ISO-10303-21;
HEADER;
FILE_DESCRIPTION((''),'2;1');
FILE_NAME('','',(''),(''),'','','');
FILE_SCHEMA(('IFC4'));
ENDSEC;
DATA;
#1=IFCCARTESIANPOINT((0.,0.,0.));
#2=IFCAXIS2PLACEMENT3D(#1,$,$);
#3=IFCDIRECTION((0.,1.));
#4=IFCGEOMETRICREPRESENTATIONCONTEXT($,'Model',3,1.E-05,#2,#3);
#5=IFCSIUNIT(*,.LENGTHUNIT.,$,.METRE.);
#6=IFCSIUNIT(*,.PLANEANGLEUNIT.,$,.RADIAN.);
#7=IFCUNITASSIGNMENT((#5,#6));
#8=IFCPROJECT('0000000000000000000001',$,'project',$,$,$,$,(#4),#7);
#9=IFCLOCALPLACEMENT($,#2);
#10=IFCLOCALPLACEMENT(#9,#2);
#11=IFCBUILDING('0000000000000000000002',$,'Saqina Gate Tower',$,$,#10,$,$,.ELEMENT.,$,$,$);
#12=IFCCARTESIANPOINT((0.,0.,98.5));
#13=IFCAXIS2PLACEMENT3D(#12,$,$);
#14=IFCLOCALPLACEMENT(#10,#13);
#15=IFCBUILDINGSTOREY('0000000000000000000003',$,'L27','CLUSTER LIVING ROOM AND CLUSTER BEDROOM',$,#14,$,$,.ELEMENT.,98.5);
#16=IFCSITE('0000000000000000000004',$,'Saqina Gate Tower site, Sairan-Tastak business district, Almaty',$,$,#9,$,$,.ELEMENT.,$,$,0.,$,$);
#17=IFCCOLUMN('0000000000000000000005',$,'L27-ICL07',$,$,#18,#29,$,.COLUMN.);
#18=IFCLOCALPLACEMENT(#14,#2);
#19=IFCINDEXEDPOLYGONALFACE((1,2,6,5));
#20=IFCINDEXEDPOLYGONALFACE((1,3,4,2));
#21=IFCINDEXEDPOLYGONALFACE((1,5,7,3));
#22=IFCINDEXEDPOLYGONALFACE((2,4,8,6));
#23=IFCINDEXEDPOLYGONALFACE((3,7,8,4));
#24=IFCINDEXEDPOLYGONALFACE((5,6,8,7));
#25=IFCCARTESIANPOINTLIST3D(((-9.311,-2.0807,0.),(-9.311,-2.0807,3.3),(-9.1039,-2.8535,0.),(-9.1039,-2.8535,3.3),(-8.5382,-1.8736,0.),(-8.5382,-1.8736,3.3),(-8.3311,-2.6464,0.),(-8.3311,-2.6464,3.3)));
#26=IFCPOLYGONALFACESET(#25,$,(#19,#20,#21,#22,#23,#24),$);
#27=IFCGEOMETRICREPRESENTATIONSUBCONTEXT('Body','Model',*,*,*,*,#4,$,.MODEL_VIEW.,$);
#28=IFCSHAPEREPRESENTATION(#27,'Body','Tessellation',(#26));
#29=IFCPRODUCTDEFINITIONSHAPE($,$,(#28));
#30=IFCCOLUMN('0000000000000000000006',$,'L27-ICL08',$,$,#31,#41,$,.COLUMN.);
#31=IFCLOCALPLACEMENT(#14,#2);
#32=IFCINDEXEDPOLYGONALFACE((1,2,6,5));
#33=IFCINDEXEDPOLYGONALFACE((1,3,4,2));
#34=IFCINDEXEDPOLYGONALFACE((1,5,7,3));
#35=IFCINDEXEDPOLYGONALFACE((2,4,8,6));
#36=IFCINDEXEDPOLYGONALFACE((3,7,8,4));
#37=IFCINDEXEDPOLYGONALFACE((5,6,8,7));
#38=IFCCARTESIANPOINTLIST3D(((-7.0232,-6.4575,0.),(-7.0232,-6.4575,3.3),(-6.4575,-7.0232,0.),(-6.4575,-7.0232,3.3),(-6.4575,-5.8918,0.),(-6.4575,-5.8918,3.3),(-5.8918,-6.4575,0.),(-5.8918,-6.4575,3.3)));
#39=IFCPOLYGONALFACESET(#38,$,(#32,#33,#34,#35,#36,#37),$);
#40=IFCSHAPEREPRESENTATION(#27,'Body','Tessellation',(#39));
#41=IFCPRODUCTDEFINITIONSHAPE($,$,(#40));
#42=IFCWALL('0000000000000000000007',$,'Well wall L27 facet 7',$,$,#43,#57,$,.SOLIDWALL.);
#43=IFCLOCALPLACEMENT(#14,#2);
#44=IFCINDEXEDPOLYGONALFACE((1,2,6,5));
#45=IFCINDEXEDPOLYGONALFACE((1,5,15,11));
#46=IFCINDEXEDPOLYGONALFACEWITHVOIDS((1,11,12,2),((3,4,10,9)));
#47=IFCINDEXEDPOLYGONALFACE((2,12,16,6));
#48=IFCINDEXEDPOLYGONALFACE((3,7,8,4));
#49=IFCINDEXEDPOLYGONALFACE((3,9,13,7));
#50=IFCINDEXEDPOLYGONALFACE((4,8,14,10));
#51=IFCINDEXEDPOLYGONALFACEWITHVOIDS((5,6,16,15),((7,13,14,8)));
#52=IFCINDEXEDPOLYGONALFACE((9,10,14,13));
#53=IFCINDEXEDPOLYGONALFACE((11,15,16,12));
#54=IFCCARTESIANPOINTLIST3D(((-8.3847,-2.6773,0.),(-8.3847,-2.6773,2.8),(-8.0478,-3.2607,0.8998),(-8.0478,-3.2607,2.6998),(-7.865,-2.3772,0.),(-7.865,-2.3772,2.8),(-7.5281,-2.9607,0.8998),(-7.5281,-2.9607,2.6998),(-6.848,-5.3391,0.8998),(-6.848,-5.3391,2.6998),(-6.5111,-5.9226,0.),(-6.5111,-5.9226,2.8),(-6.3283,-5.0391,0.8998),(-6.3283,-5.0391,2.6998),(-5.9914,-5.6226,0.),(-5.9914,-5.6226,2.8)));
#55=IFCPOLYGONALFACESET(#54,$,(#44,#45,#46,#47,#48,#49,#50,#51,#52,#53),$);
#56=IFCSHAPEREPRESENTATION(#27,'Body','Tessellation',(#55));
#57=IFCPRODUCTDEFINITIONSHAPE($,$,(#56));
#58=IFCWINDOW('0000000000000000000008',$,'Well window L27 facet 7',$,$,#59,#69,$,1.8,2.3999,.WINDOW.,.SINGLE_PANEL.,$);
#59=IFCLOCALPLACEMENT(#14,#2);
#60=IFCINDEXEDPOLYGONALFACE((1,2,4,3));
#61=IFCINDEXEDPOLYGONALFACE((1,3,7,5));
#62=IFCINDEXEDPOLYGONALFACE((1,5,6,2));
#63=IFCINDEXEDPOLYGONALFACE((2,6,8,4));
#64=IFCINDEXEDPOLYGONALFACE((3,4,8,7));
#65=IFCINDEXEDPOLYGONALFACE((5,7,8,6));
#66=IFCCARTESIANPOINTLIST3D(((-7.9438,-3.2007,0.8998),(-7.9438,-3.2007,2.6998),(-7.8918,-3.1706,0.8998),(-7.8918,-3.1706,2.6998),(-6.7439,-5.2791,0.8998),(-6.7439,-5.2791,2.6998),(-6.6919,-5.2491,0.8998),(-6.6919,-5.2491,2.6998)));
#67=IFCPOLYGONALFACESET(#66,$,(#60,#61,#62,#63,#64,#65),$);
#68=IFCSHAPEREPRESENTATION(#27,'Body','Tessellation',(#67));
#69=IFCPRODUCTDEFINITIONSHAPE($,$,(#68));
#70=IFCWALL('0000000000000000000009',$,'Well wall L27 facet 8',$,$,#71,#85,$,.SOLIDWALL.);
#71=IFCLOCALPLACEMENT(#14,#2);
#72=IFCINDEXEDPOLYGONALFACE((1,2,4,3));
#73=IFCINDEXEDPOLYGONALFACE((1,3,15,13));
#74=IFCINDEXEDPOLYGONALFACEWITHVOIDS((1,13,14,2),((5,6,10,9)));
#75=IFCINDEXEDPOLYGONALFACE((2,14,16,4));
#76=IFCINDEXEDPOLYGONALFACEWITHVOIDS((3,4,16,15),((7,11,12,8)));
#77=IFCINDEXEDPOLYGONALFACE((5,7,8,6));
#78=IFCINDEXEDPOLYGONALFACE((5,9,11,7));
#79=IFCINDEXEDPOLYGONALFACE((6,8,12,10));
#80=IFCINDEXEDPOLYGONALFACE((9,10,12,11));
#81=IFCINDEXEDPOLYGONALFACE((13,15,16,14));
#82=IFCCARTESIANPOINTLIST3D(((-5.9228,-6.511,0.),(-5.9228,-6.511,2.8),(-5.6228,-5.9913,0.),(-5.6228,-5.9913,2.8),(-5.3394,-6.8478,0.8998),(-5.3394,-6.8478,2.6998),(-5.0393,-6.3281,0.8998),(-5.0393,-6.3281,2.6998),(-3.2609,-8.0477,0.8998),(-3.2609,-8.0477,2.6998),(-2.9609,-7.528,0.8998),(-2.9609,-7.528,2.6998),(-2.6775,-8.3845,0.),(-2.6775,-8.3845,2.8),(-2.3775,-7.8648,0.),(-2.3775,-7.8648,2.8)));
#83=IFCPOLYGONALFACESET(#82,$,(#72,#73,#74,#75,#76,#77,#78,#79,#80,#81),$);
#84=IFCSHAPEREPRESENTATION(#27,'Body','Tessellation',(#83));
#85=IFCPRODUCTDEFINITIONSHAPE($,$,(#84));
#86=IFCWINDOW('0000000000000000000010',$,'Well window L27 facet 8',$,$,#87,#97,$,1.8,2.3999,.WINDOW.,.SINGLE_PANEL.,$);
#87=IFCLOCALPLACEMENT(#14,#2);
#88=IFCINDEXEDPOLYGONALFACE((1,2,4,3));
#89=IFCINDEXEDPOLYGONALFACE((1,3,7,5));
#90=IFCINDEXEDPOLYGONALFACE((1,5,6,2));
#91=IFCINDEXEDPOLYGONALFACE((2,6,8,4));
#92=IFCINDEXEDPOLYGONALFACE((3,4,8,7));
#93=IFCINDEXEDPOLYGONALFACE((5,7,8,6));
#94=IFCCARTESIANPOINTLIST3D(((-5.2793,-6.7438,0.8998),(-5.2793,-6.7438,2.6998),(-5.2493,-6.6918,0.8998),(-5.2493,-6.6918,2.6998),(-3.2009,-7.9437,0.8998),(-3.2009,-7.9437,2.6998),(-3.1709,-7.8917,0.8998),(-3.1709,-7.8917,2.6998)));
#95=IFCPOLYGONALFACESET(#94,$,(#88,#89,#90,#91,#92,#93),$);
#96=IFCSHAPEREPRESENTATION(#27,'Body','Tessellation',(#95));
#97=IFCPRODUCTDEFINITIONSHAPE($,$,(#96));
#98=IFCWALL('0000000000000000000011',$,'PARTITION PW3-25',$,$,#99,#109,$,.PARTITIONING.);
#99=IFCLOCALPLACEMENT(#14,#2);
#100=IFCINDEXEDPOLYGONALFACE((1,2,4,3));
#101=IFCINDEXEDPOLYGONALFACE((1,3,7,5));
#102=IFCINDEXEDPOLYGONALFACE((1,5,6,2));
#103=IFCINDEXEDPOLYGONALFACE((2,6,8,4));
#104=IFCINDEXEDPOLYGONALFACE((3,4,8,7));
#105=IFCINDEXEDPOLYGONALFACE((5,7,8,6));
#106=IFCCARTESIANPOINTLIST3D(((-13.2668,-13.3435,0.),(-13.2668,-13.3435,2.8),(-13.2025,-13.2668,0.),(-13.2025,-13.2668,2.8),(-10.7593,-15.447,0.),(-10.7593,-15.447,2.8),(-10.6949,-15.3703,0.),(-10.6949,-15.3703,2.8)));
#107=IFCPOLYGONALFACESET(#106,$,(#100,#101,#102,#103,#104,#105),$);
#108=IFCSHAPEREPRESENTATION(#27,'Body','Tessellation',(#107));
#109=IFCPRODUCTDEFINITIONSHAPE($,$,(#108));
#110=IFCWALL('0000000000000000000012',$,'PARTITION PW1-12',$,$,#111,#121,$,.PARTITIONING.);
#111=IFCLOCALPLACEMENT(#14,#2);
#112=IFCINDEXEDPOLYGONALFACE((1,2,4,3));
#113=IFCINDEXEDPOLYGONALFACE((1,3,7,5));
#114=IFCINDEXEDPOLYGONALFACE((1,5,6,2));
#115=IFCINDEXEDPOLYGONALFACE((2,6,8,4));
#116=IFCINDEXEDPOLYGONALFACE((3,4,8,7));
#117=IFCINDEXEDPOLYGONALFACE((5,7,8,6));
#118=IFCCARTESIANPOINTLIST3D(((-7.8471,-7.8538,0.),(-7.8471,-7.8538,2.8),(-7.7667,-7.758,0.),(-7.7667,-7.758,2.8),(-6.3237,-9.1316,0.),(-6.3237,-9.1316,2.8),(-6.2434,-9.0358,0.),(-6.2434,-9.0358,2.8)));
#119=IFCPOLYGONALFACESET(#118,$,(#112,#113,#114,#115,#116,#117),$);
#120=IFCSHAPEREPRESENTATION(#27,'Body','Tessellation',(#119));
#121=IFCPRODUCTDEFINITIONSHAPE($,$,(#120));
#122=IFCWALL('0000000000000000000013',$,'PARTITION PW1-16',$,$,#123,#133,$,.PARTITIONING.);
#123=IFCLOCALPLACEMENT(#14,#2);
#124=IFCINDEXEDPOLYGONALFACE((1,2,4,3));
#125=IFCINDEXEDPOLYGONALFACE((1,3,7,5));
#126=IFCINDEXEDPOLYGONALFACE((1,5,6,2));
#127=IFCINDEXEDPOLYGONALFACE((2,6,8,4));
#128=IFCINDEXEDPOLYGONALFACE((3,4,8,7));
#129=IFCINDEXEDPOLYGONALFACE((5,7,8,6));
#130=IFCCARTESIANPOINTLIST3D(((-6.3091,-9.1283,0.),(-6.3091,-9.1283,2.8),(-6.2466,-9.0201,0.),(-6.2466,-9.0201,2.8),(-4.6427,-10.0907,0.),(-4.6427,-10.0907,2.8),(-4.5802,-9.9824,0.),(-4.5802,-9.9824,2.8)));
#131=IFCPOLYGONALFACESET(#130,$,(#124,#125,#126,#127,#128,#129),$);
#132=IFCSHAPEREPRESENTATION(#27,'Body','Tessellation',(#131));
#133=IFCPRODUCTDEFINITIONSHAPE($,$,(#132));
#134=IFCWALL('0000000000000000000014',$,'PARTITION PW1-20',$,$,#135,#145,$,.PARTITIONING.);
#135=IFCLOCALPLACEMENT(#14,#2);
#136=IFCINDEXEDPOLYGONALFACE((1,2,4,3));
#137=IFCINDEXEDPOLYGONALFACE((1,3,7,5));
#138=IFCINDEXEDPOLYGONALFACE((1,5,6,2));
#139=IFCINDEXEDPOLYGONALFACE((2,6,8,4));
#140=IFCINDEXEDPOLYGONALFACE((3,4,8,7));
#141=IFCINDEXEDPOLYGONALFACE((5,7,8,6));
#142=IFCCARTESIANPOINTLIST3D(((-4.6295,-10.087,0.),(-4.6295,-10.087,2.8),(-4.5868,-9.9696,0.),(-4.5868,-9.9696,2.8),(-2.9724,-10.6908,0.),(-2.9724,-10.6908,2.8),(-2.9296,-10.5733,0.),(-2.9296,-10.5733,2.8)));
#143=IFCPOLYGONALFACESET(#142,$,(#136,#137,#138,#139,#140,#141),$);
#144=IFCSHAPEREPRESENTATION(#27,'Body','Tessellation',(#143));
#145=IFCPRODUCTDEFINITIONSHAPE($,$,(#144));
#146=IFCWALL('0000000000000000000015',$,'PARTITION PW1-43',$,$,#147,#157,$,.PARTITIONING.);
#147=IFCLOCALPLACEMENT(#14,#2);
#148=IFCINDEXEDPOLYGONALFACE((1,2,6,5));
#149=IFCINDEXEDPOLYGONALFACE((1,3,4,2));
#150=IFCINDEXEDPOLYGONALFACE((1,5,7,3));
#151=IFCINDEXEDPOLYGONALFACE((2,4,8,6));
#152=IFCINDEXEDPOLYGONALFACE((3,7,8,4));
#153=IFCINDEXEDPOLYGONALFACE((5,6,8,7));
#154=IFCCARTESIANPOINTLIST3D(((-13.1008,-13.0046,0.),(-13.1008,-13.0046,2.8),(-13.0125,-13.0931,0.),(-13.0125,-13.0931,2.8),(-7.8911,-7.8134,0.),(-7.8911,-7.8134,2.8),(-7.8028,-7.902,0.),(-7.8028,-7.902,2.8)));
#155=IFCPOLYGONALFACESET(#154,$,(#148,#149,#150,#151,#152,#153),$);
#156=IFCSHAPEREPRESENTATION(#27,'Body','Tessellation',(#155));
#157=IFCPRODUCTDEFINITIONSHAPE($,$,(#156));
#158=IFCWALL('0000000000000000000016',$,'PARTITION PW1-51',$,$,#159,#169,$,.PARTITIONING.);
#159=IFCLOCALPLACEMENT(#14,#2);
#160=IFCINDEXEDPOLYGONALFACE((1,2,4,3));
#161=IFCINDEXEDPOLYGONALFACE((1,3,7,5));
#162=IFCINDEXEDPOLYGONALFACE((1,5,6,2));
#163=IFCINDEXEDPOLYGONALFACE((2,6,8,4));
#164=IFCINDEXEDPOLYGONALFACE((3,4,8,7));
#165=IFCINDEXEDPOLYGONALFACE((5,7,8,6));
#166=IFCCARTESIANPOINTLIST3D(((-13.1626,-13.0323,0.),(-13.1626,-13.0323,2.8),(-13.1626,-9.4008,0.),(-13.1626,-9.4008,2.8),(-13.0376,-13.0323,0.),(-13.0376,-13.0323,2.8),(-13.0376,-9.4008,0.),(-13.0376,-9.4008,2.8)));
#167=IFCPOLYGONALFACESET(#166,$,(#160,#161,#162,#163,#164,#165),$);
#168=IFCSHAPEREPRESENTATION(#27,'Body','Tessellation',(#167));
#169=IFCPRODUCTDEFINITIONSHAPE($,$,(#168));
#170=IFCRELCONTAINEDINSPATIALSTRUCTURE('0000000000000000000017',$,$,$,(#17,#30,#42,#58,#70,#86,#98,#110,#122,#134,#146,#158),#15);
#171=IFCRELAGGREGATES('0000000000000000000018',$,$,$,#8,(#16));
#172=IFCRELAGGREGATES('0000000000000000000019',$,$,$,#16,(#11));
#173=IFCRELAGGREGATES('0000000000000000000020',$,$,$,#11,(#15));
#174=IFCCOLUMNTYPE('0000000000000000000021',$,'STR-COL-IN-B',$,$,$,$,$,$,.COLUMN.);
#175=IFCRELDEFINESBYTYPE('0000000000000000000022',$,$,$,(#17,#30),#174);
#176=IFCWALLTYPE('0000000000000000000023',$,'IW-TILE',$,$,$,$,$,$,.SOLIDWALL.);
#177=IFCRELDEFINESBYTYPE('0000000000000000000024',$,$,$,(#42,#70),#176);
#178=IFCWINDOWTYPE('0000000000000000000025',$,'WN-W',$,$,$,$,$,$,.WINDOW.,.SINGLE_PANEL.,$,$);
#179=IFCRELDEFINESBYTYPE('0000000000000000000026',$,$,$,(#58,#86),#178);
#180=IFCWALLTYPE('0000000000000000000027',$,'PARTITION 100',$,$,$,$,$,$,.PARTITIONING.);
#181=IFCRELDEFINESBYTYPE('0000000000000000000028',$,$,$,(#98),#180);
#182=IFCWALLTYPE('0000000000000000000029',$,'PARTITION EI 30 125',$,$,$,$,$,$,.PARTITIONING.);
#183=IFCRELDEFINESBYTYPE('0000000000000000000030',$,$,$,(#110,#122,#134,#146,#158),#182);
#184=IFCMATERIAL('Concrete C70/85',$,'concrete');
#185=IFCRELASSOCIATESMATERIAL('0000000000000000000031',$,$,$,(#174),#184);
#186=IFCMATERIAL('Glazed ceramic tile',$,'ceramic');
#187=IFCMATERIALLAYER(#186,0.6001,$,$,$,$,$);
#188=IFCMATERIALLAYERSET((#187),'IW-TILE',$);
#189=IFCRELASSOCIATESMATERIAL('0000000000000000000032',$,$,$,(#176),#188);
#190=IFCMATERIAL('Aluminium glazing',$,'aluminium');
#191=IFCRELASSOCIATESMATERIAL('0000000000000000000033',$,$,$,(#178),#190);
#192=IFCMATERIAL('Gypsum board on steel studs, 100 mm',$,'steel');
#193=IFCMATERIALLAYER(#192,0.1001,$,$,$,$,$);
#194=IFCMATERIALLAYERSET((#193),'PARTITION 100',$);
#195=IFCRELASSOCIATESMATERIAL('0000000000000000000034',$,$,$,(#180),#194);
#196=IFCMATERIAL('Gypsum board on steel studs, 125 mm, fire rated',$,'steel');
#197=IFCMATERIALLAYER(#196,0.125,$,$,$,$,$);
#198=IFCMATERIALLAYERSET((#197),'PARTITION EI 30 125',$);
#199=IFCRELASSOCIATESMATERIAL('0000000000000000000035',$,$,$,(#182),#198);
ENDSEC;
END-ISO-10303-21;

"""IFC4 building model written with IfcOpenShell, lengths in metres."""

from ifc_helpers import new_model, si_unit, direction, frame, frame_2d, origin, origin_2d, place, context, subcontext, project, spatial, rectangle, extrude, material, layer, layer_set, material_profile, profile_set, type_object, element, fill, save


model = new_model("IFC4")

# Units and contexts
model_context = context("Model", 3, precision=1e-05, world=origin(), true_north=direction((0.0, 1.0)))
body_context = subcontext(model_context, "Body", "Model", "MODEL_VIEW")
ifc_project = project(units=[si_unit("LENGTHUNIT", "METRE"), si_unit("PLANEANGLEUNIT", "RADIAN")], contexts=[model_context])

# Site, building, storey
site_placement = place(None, origin())
site = spatial("IfcSite", under=ifc_project, at=site_placement, Name="Saqina Gate Tower site, Sairan-Tastak business district, Almaty", CompositionType="ELEMENT", RefElevation=0.0)
building_placement = place(site_placement, origin())
building = spatial("IfcBuilding", under=site, at=building_placement, Name="Saqina Gate Tower", CompositionType="ELEMENT")
storey_placement = place(building_placement, frame((0.0, 0.0, 98.5)))
storey = spatial("IfcBuildingStorey", under=building, at=storey_placement, Name="L27", Description="CLUSTER LIVING ROOM AND CLUSTER BEDROOM", CompositionType="ELEMENT", Elevation=98.5)

# Columns
ifc_material_1 = material(Name="Concrete C70/85", Category="concrete")
ifc_material_profile = material_profile(ifc_material_1, rectangle(XDim=0.8, YDim=0.8, at=origin_2d()), Name="RC 800x800")
ifc_profile_set = profile_set([ifc_material_profile], Name="Concrete C70/85")
column_type = type_object("IfcColumnType", Name="STR-COL-IN-B", PredefinedType="COLUMN", material=ifc_profile_set)
for number, where, z_axis, x_axis, name in (
    (1, (-8.821, -2.3635, 0.0), (0.0, 0.0, 1.0), (-0.965926, -0.258819, 0.0), "L27-ICL07"),
    (2, (-6.4575, -6.4575, 0.0), (0.0, 0.0, 1.0), (-0.707107, -0.707107, 0.0), "L27-ICL08"),
):
    element("IfcColumn", number, at=place(storey_placement, frame(where, z_axis=z_axis, x_axis=x_axis)), inside=storey, type_object=column_type, Name=name, PredefinedType="COLUMN", context=body_context, shape_type="SweptSolid", body=[
        extrude(rectangle(XDim=0.8, YDim=0.8, at=origin_2d()), origin(), (0.0, 0.0, 1.0), 3.3),
    ])

# Walls, openings, windows
ifc_material_2 = material(Name="Glazed ceramic tile", Category="ceramic")
ifc_layer_1 = layer(ifc_material_2, 0.6001)
ifc_layer_set_1 = layer_set([ifc_layer_1], Name="IW-TILE")
wall_type_1 = type_object("IfcWallType", Name="IW-TILE", PredefinedType="SOLIDWALL", material=ifc_layer_set_1)
wall_1_placement = place(storey_placement, frame((-8.1248, -2.5273, 0.0), z_axis=(0.0, 0.0, 1.0), x_axis=(0.499965, -0.866046, 0.0)))
wall_1 = element("IfcWall", 3, at=wall_1_placement, inside=storey, type_object=wall_type_1, Name="Well wall L27 facet 7", PredefinedType="SOLIDWALL", context=body_context, shape_type="SweptSolid", body=[
    extrude(rectangle(XDim=3.7473, YDim=0.6001, at=frame_2d((1.8735, 0.0))), origin(), (0.0, 0.0, 1.0), 2.8),
])
opening_1_placement = place(wall_1_placement, frame((0.6736, 0.0, 0.8999)))
opening_1 = element("IfcOpeningElement", 4, at=opening_1_placement, cuts=wall_1, PredefinedType="OPENING", context=body_context, shape_type="SweptSolid", body=[
    extrude(rectangle(XDim=2.3999, YDim=1.8, at=frame_2d((1.2, 0.8999))), frame((0.0, 0.312, 0.0), z_axis=(0.0, -1.0, 0.0), x_axis=(1.0, 0.0, 0.0)), (0.0, 0.0, 1.0), 0.624),
])
ifc_material_3 = material(Name="Aluminium glazing", Category="aluminium")
window_type = type_object("IfcWindowType", Name="WN-W", PartitioningType="SINGLE_PANEL", PredefinedType="WINDOW", material=ifc_material_3)
window_1_placement = place(opening_1_placement, origin())
window_1 = element("IfcWindow", 5, at=window_1_placement, inside=storey, type_object=window_type, Name="Well window L27 facet 7", OverallHeight=1.8, OverallWidth=2.3999, PartitioningType="SINGLE_PANEL", PredefinedType="WINDOW", context=body_context, shape_type="SweptSolid", body=[
    extrude(rectangle(XDim=2.3999, YDim=1.8, at=frame_2d((1.2, 0.8999))), frame((0.0, -0.1199, 0.0), z_axis=(0.0, -1.0, 0.0), x_axis=(1.0, 0.0, 0.0)), (0.0, 0.0, 1.0), 0.0601),
])
fill(opening_1, window_1)
wall_2_placement = place(storey_placement, frame((-5.7727, -6.2512, 0.0), z_axis=(0.0, 0.0, 1.0), x_axis=(0.866046, -0.499965, 0.0)))
wall_2 = element("IfcWall", 6, at=wall_2_placement, inside=storey, type_object=wall_type_1, Name="Well wall L27 facet 8", PredefinedType="SOLIDWALL", context=body_context, shape_type="SweptSolid", body=[
    extrude(rectangle(XDim=3.7473, YDim=0.6001, at=frame_2d((1.8735, 0.0))), origin(), (0.0, 0.0, 1.0), 2.8),
])
opening_2_placement = place(wall_2_placement, frame((0.6736, 0.0, 0.8999)))
opening_2 = element("IfcOpeningElement", 7, at=opening_2_placement, cuts=wall_2, PredefinedType="OPENING", context=body_context, shape_type="SweptSolid", body=[
    extrude(rectangle(XDim=2.3999, YDim=1.8, at=frame_2d((1.2, 0.8999))), frame((0.0, 0.312, 0.0), z_axis=(0.0, -1.0, 0.0), x_axis=(1.0, 0.0, 0.0)), (0.0, 0.0, 1.0), 0.624),
])
window_2_placement = place(opening_2_placement, origin())
window_2 = element("IfcWindow", 8, at=window_2_placement, inside=storey, type_object=window_type, Name="Well window L27 facet 8", OverallHeight=1.8, OverallWidth=2.3999, PartitioningType="SINGLE_PANEL", PredefinedType="WINDOW", context=body_context, shape_type="SweptSolid", body=[
    extrude(rectangle(XDim=2.3999, YDim=1.8, at=frame_2d((1.2, 0.8999))), frame((0.0, -0.1199, 0.0), z_axis=(0.0, -1.0, 0.0), x_axis=(1.0, 0.0, 0.0)), (0.0, 0.0, 1.0), 0.0601),
])
fill(opening_2, window_2)

# Walls
ifc_material_4 = material(Name="Gypsum board on steel studs, 100 mm", Category="steel")
ifc_layer_2 = layer(ifc_material_4, 0.1001)
ifc_layer_set_2 = layer_set([ifc_layer_2], Name="PARTITION 100")
wall_type_2 = type_object("IfcWallType", Name="PARTITION 100", PredefinedType="PARTITIONING", material=ifc_layer_set_2)
wall_3_placement = place(storey_placement, frame((-13.2346, -13.3052, 0.0), z_axis=(0.0, 0.0, 1.0), x_axis=(0.766132, -0.642683, 0.0)))
element("IfcWall", 9, at=wall_3_placement, inside=storey, type_object=wall_type_2, Name="PARTITION PW3-25", PredefinedType="PARTITIONING", context=body_context, shape_type="SweptSolid", body=[
    extrude(rectangle(XDim=3.2729, YDim=0.1001, at=frame_2d((1.6365, 0.0))), origin(), (0.0, 0.0, 1.0), 2.8),
])
ifc_material_5 = material(Name="Gypsum board on steel studs, 125 mm, fire rated", Category="steel")
ifc_layer_3 = layer(ifc_material_5, 0.125)
ifc_layer_set_3 = layer_set([ifc_layer_3], Name="PARTITION EI 30 125")
wall_type_3 = type_object("IfcWallType", Name="PARTITION EI 30 125", PredefinedType="PARTITIONING", material=ifc_layer_set_3)
wall_4_placement = place(storey_placement, frame((-7.8069, -7.8059, 0.0), z_axis=(0.0, 0.0, 1.0), x_axis=(0.766164, -0.642645, 0.0)))
element("IfcWall", 10, at=wall_4_placement, inside=storey, type_object=wall_type_3, Name="PARTITION PW1-12", PredefinedType="PARTITIONING", context=body_context, shape_type="SweptSolid", body=[
    extrude(rectangle(XDim=1.9883, YDim=0.125, at=frame_2d((0.9941, 0.0))), origin(), (0.0, 0.0, 1.0), 2.8),
])
wall_5_placement = place(storey_placement, frame((-6.2778, -9.0742, 0.0), z_axis=(0.0, 0.0, 1.0), x_axis=(0.86597, -0.500096, 0.0)))
element("IfcWall", 11, at=wall_5_placement, inside=storey, type_object=wall_type_3, Name="PARTITION PW1-16", PredefinedType="PARTITIONING", context=body_context, shape_type="SweptSolid", body=[
    extrude(rectangle(XDim=1.9243, YDim=0.125, at=frame_2d((0.9622, 0.0))), origin(), (0.0, 0.0, 1.0), 2.8),
])
wall_6_placement = place(storey_placement, frame((-4.6082, -10.0283, 0.0), z_axis=(0.0, 0.0, 1.0), x_axis=(0.939587, -0.34231, 0.0)))
element("IfcWall", 12, at=wall_6_placement, inside=storey, type_object=wall_type_3, Name="PARTITION PW1-20", PredefinedType="PARTITIONING", context=body_context, shape_type="SweptSolid", body=[
    extrude(rectangle(XDim=1.7637, YDim=0.125, at=frame_2d((0.8818, 0.0))), origin(), (0.0, 0.0, 1.0), 2.8),
])
wall_7_placement = place(storey_placement, frame((-13.0566, -13.0488, 0.0), z_axis=(0.0, 0.0, 1.0), x_axis=(0.708367, 0.705844, 0.0)))
element("IfcWall", 13, at=wall_7_placement, inside=storey, type_object=wall_type_3, Name="PARTITION PW1-43", PredefinedType="PARTITIONING", context=body_context, shape_type="SweptSolid", body=[
    extrude(rectangle(XDim=7.3545, YDim=0.125, at=frame_2d((3.6772, 0.0))), origin(), (0.0, 0.0, 1.0), 2.8),
])
wall_8_placement = place(storey_placement, frame((-13.1001, -13.0325, 0.0), z_axis=(0.0, 0.0, 1.0), x_axis=(0.0, 1.0, 0.0)))
element("IfcWall", 14, at=wall_8_placement, inside=storey, type_object=wall_type_3, Name="PARTITION PW1-51", PredefinedType="PARTITIONING", context=body_context, shape_type="SweptSolid", body=[
    extrude(rectangle(XDim=3.6316, YDim=0.125, at=frame_2d((1.8159, 0.0))), origin(), (0.0, 0.0, 1.0), 2.8),
])

save(model, "model.ifc")
